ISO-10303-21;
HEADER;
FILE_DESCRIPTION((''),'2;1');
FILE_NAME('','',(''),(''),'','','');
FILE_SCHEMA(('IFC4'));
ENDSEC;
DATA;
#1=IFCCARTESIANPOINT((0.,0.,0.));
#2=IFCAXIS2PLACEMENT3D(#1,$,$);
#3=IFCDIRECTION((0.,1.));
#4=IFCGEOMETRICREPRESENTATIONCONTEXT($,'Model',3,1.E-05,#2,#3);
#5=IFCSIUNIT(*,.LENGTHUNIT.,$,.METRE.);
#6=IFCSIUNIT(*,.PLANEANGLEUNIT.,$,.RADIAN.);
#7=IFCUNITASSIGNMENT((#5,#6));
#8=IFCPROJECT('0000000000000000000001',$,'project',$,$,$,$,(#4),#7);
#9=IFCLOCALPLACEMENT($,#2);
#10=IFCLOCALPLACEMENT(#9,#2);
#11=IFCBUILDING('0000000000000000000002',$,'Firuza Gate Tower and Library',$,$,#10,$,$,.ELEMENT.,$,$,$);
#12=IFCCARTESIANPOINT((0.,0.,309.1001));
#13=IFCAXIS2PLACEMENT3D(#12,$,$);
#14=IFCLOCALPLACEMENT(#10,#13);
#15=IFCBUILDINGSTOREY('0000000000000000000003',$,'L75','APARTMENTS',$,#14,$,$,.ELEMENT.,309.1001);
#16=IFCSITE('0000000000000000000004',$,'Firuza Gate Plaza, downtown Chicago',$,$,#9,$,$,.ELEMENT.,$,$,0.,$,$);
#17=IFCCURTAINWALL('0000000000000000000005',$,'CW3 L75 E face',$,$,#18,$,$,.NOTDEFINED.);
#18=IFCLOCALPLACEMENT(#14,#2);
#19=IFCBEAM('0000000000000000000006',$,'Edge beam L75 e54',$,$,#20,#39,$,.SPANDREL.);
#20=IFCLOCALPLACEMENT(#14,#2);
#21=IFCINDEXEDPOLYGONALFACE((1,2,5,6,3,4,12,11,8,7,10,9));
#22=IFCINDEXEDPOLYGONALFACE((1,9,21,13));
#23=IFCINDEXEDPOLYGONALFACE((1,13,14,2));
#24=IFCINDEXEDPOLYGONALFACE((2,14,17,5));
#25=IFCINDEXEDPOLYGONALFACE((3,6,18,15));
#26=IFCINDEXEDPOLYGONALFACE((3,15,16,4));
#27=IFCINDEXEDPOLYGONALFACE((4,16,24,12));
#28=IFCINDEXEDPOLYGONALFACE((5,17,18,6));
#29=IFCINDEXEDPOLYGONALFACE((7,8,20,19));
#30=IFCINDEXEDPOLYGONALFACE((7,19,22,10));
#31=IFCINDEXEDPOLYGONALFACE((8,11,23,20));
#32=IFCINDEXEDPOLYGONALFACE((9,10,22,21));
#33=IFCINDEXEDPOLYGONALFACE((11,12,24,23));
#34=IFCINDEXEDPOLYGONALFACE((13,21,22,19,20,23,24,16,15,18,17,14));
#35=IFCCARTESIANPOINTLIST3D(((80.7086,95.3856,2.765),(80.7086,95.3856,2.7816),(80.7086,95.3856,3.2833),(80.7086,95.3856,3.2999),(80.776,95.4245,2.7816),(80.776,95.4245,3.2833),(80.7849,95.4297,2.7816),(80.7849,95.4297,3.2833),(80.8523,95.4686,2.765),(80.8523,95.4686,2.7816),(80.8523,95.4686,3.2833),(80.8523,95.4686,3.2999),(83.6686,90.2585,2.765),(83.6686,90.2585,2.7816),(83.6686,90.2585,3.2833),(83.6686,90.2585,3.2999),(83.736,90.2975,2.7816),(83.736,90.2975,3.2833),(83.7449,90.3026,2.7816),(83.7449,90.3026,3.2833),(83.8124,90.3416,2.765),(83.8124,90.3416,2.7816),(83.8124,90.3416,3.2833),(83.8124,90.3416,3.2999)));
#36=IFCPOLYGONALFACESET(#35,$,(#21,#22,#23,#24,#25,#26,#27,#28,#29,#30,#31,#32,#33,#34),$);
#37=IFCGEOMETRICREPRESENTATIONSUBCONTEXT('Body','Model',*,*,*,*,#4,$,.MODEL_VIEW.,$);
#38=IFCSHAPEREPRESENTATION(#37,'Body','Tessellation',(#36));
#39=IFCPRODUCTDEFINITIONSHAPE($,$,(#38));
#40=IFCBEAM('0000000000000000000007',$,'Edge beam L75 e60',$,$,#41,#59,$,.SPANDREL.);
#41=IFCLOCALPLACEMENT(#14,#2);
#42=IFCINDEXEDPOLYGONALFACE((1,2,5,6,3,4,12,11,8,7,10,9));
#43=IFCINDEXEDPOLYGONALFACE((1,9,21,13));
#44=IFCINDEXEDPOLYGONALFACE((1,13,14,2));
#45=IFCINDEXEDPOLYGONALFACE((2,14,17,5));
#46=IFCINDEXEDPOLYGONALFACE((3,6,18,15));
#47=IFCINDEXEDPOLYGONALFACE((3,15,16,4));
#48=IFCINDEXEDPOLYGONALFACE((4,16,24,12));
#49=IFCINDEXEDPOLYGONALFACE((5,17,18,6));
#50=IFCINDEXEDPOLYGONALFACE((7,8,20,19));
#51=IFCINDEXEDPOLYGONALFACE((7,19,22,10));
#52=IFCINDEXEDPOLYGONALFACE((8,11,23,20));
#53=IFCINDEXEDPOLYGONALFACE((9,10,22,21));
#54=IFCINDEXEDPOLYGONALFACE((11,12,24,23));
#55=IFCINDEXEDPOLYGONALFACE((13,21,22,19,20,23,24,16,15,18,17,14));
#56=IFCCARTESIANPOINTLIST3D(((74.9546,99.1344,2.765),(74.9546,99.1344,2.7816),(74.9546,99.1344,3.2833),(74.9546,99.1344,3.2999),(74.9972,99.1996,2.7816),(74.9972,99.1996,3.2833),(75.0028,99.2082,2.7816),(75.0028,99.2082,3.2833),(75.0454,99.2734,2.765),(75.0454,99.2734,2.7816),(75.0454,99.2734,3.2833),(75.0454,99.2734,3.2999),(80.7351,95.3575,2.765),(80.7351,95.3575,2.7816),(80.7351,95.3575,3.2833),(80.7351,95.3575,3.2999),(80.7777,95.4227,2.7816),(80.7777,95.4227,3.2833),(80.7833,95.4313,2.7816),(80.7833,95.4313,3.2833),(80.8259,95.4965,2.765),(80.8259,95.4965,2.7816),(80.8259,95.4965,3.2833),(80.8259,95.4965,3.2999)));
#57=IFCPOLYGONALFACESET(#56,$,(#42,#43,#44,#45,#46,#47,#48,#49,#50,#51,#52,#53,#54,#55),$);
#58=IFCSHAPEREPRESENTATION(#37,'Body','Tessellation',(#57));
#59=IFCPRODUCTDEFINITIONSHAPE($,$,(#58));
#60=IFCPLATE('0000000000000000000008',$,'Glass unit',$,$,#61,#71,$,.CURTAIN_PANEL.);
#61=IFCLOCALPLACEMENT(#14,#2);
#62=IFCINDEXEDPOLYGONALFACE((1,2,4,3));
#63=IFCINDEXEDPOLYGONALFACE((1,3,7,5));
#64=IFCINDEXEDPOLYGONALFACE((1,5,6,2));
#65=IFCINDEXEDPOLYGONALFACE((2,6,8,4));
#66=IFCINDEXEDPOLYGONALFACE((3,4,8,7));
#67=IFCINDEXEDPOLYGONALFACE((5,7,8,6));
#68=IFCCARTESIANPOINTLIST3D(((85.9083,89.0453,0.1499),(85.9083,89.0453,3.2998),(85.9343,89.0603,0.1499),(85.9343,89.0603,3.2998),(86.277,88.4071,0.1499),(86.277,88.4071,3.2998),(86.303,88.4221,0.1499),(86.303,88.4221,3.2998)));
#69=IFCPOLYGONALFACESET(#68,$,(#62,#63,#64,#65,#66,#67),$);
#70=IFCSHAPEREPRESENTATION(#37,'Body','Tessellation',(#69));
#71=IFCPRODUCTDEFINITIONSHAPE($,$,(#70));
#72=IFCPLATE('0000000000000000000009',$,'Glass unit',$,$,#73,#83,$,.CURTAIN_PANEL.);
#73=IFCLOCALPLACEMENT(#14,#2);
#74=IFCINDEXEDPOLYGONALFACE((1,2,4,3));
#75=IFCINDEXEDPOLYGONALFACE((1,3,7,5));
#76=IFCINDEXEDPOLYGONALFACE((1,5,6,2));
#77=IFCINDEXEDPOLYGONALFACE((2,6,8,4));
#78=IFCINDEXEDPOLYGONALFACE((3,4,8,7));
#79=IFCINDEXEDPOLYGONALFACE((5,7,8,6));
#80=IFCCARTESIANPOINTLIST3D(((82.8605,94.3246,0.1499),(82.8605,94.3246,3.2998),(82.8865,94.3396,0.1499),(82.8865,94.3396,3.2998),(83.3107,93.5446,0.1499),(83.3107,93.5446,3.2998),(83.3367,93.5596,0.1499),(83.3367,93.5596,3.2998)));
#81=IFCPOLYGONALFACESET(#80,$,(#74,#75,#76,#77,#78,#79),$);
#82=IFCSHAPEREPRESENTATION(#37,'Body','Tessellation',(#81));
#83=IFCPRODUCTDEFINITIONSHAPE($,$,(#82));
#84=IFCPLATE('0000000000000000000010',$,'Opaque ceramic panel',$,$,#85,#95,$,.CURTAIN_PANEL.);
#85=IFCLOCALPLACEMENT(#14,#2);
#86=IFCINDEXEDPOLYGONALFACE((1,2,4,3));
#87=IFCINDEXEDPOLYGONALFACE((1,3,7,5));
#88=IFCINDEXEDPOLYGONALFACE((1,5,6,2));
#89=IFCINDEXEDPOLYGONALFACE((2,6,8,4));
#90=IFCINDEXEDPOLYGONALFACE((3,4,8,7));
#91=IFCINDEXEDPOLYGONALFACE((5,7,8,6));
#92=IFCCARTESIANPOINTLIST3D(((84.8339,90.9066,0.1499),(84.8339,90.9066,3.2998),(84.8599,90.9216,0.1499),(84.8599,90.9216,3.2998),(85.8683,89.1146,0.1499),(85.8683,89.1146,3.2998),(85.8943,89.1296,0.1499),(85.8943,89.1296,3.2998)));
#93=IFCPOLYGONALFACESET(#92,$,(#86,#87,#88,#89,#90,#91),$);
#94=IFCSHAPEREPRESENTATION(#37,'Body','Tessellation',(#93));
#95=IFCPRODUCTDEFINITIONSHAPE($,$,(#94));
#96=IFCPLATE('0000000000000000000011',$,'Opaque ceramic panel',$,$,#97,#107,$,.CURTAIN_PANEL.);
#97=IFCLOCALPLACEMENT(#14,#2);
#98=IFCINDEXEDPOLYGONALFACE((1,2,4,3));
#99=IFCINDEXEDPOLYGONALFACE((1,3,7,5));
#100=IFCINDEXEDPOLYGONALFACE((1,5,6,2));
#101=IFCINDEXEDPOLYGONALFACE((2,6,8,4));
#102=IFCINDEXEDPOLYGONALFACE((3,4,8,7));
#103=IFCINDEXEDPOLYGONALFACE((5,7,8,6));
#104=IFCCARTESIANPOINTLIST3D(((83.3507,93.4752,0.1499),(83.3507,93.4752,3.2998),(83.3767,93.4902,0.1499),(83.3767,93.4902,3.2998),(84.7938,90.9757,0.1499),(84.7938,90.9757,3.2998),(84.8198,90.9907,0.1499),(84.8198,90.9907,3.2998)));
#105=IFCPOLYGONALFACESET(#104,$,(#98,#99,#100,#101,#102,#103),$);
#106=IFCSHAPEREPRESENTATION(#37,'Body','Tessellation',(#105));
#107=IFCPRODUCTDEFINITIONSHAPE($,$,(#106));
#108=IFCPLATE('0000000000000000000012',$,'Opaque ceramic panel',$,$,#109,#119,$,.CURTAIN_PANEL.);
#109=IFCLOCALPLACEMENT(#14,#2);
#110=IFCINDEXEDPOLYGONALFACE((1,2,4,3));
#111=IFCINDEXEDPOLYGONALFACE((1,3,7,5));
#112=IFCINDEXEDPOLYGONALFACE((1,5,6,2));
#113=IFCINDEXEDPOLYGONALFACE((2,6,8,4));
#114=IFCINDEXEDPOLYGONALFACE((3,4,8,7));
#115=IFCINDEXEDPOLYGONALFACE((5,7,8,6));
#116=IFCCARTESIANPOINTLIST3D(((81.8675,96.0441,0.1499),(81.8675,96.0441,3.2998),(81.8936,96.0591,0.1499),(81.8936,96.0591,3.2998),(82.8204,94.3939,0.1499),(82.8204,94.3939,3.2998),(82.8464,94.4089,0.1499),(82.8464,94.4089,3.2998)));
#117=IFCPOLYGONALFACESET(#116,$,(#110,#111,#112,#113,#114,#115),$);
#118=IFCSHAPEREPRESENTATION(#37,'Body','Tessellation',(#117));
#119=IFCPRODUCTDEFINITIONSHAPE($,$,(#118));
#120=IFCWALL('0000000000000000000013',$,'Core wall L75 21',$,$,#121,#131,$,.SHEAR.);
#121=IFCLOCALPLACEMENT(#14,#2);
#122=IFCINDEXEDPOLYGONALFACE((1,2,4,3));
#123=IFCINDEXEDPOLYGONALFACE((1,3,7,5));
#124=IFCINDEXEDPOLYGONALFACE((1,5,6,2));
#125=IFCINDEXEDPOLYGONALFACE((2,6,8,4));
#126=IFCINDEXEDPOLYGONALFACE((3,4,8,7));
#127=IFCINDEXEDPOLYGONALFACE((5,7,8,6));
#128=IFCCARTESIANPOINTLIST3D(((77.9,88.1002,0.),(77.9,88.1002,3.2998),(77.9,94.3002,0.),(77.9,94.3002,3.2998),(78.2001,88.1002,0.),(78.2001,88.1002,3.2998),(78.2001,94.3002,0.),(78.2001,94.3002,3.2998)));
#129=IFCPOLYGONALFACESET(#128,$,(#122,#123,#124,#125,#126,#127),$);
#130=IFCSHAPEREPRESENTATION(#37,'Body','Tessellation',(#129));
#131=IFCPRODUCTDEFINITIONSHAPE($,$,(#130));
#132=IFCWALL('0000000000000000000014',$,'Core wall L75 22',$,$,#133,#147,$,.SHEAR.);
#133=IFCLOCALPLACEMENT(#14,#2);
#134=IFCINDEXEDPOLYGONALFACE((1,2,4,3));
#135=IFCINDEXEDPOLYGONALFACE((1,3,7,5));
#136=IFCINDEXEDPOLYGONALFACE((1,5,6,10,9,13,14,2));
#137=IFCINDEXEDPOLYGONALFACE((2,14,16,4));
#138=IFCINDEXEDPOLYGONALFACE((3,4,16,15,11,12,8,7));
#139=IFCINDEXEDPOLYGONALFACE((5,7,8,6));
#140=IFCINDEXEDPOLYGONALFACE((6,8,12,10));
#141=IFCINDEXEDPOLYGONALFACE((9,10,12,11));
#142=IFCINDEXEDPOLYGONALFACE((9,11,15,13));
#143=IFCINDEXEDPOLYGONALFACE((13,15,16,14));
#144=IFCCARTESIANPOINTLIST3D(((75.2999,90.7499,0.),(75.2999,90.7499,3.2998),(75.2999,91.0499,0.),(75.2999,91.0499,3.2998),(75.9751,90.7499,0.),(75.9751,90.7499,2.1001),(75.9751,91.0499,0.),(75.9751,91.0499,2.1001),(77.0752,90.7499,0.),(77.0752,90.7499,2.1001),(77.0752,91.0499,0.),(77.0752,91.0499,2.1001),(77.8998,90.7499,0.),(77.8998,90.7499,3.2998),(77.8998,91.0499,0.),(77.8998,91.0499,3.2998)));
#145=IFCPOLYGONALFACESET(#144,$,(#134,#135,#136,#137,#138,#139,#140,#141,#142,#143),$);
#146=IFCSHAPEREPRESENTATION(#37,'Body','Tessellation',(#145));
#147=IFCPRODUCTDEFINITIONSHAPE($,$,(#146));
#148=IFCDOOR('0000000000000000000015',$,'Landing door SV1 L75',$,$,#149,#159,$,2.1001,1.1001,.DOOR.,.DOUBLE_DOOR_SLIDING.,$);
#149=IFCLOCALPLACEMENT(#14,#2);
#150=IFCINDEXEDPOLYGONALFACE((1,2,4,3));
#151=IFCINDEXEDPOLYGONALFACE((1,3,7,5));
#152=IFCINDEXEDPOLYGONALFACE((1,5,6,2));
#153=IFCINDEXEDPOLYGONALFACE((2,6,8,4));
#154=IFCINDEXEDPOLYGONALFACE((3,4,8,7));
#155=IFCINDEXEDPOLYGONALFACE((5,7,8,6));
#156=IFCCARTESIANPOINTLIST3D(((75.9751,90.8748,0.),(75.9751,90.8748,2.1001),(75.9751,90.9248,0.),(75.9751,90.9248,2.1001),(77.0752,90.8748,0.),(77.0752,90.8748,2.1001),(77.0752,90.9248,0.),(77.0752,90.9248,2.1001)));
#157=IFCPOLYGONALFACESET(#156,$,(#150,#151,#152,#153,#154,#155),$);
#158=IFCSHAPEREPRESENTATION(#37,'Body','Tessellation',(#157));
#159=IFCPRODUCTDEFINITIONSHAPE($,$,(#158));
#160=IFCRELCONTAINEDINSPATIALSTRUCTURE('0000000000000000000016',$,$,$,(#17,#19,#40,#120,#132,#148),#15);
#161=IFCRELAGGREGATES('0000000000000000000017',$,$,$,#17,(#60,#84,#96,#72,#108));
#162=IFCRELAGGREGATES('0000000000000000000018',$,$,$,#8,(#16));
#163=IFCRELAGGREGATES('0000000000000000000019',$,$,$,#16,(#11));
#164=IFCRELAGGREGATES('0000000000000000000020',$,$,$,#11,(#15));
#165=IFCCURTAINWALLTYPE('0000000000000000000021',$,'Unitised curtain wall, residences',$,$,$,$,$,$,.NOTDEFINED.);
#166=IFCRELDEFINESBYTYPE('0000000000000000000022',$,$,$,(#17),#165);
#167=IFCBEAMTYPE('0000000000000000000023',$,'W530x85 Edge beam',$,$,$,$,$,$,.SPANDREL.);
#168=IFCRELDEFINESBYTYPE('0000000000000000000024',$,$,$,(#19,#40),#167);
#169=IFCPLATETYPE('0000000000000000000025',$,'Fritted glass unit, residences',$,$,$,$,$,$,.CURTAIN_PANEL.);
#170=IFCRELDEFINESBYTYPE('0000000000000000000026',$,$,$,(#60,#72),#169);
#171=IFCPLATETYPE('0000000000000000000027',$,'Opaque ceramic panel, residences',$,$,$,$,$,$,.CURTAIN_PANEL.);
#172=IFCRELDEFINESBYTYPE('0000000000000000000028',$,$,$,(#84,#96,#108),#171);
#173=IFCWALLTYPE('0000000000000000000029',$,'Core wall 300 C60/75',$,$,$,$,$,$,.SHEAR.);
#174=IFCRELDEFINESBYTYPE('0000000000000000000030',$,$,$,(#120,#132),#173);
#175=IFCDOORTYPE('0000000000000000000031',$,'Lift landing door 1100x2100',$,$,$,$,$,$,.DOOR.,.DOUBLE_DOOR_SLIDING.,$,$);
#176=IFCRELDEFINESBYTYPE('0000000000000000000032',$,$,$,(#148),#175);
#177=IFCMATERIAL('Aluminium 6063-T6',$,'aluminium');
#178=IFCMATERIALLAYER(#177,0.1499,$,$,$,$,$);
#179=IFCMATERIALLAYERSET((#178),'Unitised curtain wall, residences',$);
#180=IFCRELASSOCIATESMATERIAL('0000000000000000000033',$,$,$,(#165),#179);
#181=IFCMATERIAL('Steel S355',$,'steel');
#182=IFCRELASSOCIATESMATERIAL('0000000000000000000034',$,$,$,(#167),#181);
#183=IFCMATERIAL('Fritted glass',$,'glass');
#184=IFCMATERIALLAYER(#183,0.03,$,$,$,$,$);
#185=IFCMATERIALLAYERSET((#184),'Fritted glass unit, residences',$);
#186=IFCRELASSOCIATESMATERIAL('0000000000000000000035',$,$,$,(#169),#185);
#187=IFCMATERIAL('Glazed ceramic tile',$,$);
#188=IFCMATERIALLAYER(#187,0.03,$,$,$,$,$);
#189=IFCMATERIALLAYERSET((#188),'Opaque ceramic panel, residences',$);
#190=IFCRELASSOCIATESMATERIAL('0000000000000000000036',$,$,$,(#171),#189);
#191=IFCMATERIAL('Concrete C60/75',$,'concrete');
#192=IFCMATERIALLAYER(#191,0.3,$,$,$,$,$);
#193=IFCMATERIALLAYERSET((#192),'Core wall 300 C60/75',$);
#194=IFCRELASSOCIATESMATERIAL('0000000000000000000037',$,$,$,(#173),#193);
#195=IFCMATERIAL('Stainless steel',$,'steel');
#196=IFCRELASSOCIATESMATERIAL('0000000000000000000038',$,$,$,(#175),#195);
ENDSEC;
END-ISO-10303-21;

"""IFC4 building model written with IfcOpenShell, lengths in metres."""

from ifc_helpers import new_model, si_unit, direction, frame, frame_2d, origin, origin_2d, place, context, subcontext, project, spatial, polyline, rectangle, i_section, outline, extrude, material, layer, layer_set, material_profile, profile_set, type_object, element, fill, aggregate, save


model = new_model("IFC4")

# Units and contexts
model_context = context("Model", 3, precision=1e-05, world=origin(), true_north=direction((0.0, 1.0)))
body_context = subcontext(model_context, "Body", "Model", "MODEL_VIEW")
ifc_project = project(units=[si_unit("LENGTHUNIT", "METRE"), si_unit("PLANEANGLEUNIT", "RADIAN")], contexts=[model_context])

# Site, building, storey
site_placement = place(None, origin())
site = spatial("IfcSite", under=ifc_project, at=site_placement, Name="Firuza Gate Plaza, downtown Chicago", CompositionType="ELEMENT", RefElevation=0.0)
building_placement = place(site_placement, origin())
building = spatial("IfcBuilding", under=site, at=building_placement, Name="Firuza Gate Tower and Library", CompositionType="ELEMENT")
storey_placement = place(building_placement, frame((0.0, 0.0, 309.1001)))
storey = spatial("IfcBuildingStorey", under=building, at=storey_placement, Name="L75", Description="APARTMENTS", CompositionType="ELEMENT", Elevation=309.1001)

# Curtain wall
ifc_material_1 = material(Name="Aluminium 6063-T6", Category="aluminium")
ifc_layer_1 = layer(ifc_material_1, 0.1499)
ifc_layer_set_1 = layer_set([ifc_layer_1], Name="Unitised curtain wall, residences")
curtain_wall_type = type_object("IfcCurtainWallType", Name="Unitised curtain wall, residences", PredefinedType="NOTDEFINED", material=ifc_layer_set_1)
curtain_wall_placement = place(storey_placement, origin())
curtain_wall = element("IfcCurtainWall", 1, at=curtain_wall_placement, inside=storey, type_object=curtain_wall_type, Name="CW3 L75 E face", PredefinedType="NOTDEFINED")

# Beams
ifc_material_2 = material(Name="Steel S355", Category="steel")
ifc_material_profile_1 = material_profile(ifc_material_2, i_section(OverallWidth=0.166, OverallDepth=0.5349, WebThickness=0.0103, FlangeThickness=0.0166, at=origin_2d()))
ifc_profile_set_1 = profile_set([ifc_material_profile_1], Name="Steel S355")
beam_type_1 = type_object("IfcBeamType", Name="W530x85 Edge beam", PredefinedType="SPANDREL", material=ifc_profile_set_1)
beam_1_placement = place(storey_placement, frame((83.7405, 90.3, 3.0325), z_axis=(-0.499989, 0.866032, 0.0), x_axis=(-0.866032, -0.499989, 0.0)))
element("IfcBeam", 2, at=beam_1_placement, inside=storey, type_object=beam_type_1, Name="Edge beam L75 e54", PredefinedType="SPANDREL", context=body_context, shape_type="SweptSolid", body=[
    extrude(i_section(OverallWidth=0.166, OverallDepth=0.5349, WebThickness=0.0103, FlangeThickness=0.0166, at=origin_2d()), origin(), (0.0, 0.0, 1.0), 5.9202),
])
beam_2_placement = place(storey_placement, frame((80.7805, 95.427, 3.0325), z_axis=(-0.83715, 0.546974, 0.0), x_axis=(-0.546974, -0.83715, 0.0)))
element("IfcBeam", 3, at=beam_2_placement, inside=storey, type_object=beam_type_1, Name="Edge beam L75 e60", PredefinedType="SPANDREL", context=body_context, shape_type="SweptSolid", body=[
    extrude(i_section(OverallWidth=0.166, OverallDepth=0.5349, WebThickness=0.0103, FlangeThickness=0.0166, at=origin_2d()), origin(), (0.0, 0.0, 1.0), 6.905),
])

# Plates
ifc_material_3 = material(Name="Fritted glass", Category="glass")
ifc_layer_2 = layer(ifc_material_3, 0.03)
ifc_layer_set_2 = layer_set([ifc_layer_2], Name="Fritted glass unit, residences")
plate_type_1 = type_object("IfcPlateType", Name="Fritted glass unit, residences", PredefinedType="CURTAIN_PANEL", material=ifc_layer_set_2)
plate_1_placement = place(storey_placement, frame((86.303, 88.4221, 0.1499), z_axis=(0.86591, 0.5002, 0.0), x_axis=(-0.5002, 0.86591, 0.0)))
plate_1 = element("IfcPlate", 4, at=plate_1_placement, type_object=plate_type_1, Name="Glass unit", PredefinedType="CURTAIN_PANEL", context=body_context, shape_type="SweptSolid", body=[
    extrude(outline(polyline([(0.0, 0.0), (0.737, 0.0), (0.737, 3.1499), (0.0, 3.1499), (0.0, 0.0)])), origin(), (0.0, 0.0, -1.0), 0.03),
])
plate_2_placement = place(storey_placement, frame((83.3367, 93.5596, 0.1499), z_axis=(0.8661, 0.499871, 0.0), x_axis=(-0.499871, 0.8661, 0.0)))
plate_2 = element("IfcPlate", 5, at=plate_2_placement, type_object=plate_type_1, Name="Glass unit", PredefinedType="CURTAIN_PANEL", context=body_context, shape_type="SweptSolid", body=[
    extrude(outline(polyline([(0.0, 0.0), (0.9006, 0.0), (0.9006, 3.1499), (0.0, 3.1499), (0.0, 0.0)])), origin(), (0.0, 0.0, -1.0), 0.03),
])
ifc_material_4 = material(Name="Glazed ceramic tile")
ifc_layer_3 = layer(ifc_material_4, 0.03)
ifc_layer_set_3 = layer_set([ifc_layer_3], Name="Opaque ceramic panel, residences")
plate_type_2 = type_object("IfcPlateType", Name="Opaque ceramic panel, residences", PredefinedType="CURTAIN_PANEL", material=ifc_layer_set_3)
plate_3_placement = place(storey_placement, frame((85.8943, 89.1296, 0.1499), z_axis=(0.866064, 0.499934, 0.0), x_axis=(-0.499934, 0.866064, 0.0)))
plate_3 = element("IfcPlate", 6, at=plate_3_placement, type_object=plate_type_2, Name="Opaque ceramic panel", PredefinedType="CURTAIN_PANEL", context=body_context, shape_type="SweptSolid", body=[
    extrude(outline(polyline([(0.0, 0.0), (2.0691, 0.0), (2.0691, 3.1499), (0.0, 3.1499), (0.0, 0.0)])), origin(), (0.0, 0.0, -1.0), 0.03),
])
plate_4_placement = place(storey_placement, frame((84.8198, 90.9907, 0.1499), z_axis=(0.866022, 0.500006, 0.0), x_axis=(-0.500006, 0.866022, 0.0)))
plate_4 = element("IfcPlate", 7, at=plate_4_placement, type_object=plate_type_2, Name="Opaque ceramic panel", PredefinedType="CURTAIN_PANEL", context=body_context, shape_type="SweptSolid", body=[
    extrude(outline(polyline([(0.0, 0.0), (2.8862, 0.0), (2.8862, 3.1499), (0.0, 3.1499), (0.0, 0.0)])), origin(), (0.0, 0.0, -1.0), 0.03),
])
plate_5_placement = place(storey_placement, frame((82.8464, 94.4089, 0.1499), z_axis=(0.865987, 0.500066, 0.0), x_axis=(-0.500066, 0.865987, 0.0)))
plate_5 = element("IfcPlate", 8, at=plate_5_placement, type_object=plate_type_2, Name="Opaque ceramic panel", PredefinedType="CURTAIN_PANEL", context=body_context, shape_type="SweptSolid", body=[
    extrude(outline(polyline([(0.0, 0.0), (1.9055, 0.0), (1.9055, 3.1499), (0.0, 3.1499), (0.0, 0.0)])), origin(), (0.0, 0.0, -1.0), 0.03),
])
aggregate(curtain_wall, [plate_1, plate_3, plate_4, plate_2, plate_5])

# Wall
ifc_material_5 = material(Name="Concrete C60/75", Category="concrete")
ifc_layer_4 = layer(ifc_material_5, 0.3)
ifc_layer_set_4 = layer_set([ifc_layer_4], Name="Core wall 300 C60/75")
wall_type = type_object("IfcWallType", Name="Core wall 300 C60/75", PredefinedType="SHEAR", material=ifc_layer_set_4)
wall_1_placement = place(storey_placement, frame((78.05, 88.1001, 0.0), z_axis=(0.0, 0.0, 1.0), x_axis=(0.0, 1.0, 0.0)))
element("IfcWall", 9, at=wall_1_placement, inside=storey, type_object=wall_type, Name="Core wall L75 21", PredefinedType="SHEAR", context=body_context, shape_type="SweptSolid", body=[
    extrude(rectangle(XDim=6.2, YDim=0.3, at=frame_2d((3.1001, 0.0))), origin(), (0.0, 0.0, 1.0), 3.2998),
])

# Wall, opening, door
wall_2_placement = place(storey_placement, frame((75.3, 90.8999, 0.0), z_axis=(0.0, 0.0, 1.0), x_axis=(1.0, 0.0, 0.0)))
wall_2 = element("IfcWall", 10, at=wall_2_placement, inside=storey, type_object=wall_type, Name="Core wall L75 22", PredefinedType="SHEAR", context=body_context, shape_type="SweptSolid", body=[
    extrude(rectangle(XDim=2.5999, YDim=0.3, at=frame_2d((1.2998, 0.0))), origin(), (0.0, 0.0, 1.0), 3.2998),
])
opening_1_placement = place(wall_2_placement, frame((0.675, 0.0, 0.0)))
opening_1 = element("IfcOpeningElement", 11, at=opening_1_placement, cuts=wall_2, PredefinedType="OPENING", context=body_context, shape_type="SweptSolid", body=[
    extrude(rectangle(XDim=1.1001, YDim=2.1001, at=frame_2d((0.55, 1.05))), frame((0.0, 0.1602, 0.0), z_axis=(0.0, -1.0, 0.0), x_axis=(1.0, 0.0, 0.0)), (0.0, 0.0, 1.0), 0.3201),
])
ifc_material_6 = material(Name="Stainless steel", Category="steel")
door_type_1 = type_object("IfcDoorType", Name="Lift landing door 1100x2100", OperationType="DOUBLE_DOOR_SLIDING", PredefinedType="DOOR", material=ifc_material_6)
door_1_placement = place(opening_1_placement, origin())
door_1 = element("IfcDoor", 12, at=door_1_placement, inside=storey, type_object=door_type_1, Name="Landing door SV1 L75", OperationType="DOUBLE_DOOR_SLIDING", OverallHeight=2.1001, OverallWidth=1.1001, PredefinedType="DOOR", context=body_context, shape_type="SweptSolid", body=[
    extrude(rectangle(XDim=1.1001, YDim=2.1001, at=frame_2d((0.55, 1.05))), frame((0.0, 0.0249, 0.0), z_axis=(0.0, -1.0, 0.0), x_axis=(1.0, 0.0, 0.0)), (0.0, 0.0, 1.0), 0.05),
])
fill(opening_1, door_1)

save(model, "model.ifc")
